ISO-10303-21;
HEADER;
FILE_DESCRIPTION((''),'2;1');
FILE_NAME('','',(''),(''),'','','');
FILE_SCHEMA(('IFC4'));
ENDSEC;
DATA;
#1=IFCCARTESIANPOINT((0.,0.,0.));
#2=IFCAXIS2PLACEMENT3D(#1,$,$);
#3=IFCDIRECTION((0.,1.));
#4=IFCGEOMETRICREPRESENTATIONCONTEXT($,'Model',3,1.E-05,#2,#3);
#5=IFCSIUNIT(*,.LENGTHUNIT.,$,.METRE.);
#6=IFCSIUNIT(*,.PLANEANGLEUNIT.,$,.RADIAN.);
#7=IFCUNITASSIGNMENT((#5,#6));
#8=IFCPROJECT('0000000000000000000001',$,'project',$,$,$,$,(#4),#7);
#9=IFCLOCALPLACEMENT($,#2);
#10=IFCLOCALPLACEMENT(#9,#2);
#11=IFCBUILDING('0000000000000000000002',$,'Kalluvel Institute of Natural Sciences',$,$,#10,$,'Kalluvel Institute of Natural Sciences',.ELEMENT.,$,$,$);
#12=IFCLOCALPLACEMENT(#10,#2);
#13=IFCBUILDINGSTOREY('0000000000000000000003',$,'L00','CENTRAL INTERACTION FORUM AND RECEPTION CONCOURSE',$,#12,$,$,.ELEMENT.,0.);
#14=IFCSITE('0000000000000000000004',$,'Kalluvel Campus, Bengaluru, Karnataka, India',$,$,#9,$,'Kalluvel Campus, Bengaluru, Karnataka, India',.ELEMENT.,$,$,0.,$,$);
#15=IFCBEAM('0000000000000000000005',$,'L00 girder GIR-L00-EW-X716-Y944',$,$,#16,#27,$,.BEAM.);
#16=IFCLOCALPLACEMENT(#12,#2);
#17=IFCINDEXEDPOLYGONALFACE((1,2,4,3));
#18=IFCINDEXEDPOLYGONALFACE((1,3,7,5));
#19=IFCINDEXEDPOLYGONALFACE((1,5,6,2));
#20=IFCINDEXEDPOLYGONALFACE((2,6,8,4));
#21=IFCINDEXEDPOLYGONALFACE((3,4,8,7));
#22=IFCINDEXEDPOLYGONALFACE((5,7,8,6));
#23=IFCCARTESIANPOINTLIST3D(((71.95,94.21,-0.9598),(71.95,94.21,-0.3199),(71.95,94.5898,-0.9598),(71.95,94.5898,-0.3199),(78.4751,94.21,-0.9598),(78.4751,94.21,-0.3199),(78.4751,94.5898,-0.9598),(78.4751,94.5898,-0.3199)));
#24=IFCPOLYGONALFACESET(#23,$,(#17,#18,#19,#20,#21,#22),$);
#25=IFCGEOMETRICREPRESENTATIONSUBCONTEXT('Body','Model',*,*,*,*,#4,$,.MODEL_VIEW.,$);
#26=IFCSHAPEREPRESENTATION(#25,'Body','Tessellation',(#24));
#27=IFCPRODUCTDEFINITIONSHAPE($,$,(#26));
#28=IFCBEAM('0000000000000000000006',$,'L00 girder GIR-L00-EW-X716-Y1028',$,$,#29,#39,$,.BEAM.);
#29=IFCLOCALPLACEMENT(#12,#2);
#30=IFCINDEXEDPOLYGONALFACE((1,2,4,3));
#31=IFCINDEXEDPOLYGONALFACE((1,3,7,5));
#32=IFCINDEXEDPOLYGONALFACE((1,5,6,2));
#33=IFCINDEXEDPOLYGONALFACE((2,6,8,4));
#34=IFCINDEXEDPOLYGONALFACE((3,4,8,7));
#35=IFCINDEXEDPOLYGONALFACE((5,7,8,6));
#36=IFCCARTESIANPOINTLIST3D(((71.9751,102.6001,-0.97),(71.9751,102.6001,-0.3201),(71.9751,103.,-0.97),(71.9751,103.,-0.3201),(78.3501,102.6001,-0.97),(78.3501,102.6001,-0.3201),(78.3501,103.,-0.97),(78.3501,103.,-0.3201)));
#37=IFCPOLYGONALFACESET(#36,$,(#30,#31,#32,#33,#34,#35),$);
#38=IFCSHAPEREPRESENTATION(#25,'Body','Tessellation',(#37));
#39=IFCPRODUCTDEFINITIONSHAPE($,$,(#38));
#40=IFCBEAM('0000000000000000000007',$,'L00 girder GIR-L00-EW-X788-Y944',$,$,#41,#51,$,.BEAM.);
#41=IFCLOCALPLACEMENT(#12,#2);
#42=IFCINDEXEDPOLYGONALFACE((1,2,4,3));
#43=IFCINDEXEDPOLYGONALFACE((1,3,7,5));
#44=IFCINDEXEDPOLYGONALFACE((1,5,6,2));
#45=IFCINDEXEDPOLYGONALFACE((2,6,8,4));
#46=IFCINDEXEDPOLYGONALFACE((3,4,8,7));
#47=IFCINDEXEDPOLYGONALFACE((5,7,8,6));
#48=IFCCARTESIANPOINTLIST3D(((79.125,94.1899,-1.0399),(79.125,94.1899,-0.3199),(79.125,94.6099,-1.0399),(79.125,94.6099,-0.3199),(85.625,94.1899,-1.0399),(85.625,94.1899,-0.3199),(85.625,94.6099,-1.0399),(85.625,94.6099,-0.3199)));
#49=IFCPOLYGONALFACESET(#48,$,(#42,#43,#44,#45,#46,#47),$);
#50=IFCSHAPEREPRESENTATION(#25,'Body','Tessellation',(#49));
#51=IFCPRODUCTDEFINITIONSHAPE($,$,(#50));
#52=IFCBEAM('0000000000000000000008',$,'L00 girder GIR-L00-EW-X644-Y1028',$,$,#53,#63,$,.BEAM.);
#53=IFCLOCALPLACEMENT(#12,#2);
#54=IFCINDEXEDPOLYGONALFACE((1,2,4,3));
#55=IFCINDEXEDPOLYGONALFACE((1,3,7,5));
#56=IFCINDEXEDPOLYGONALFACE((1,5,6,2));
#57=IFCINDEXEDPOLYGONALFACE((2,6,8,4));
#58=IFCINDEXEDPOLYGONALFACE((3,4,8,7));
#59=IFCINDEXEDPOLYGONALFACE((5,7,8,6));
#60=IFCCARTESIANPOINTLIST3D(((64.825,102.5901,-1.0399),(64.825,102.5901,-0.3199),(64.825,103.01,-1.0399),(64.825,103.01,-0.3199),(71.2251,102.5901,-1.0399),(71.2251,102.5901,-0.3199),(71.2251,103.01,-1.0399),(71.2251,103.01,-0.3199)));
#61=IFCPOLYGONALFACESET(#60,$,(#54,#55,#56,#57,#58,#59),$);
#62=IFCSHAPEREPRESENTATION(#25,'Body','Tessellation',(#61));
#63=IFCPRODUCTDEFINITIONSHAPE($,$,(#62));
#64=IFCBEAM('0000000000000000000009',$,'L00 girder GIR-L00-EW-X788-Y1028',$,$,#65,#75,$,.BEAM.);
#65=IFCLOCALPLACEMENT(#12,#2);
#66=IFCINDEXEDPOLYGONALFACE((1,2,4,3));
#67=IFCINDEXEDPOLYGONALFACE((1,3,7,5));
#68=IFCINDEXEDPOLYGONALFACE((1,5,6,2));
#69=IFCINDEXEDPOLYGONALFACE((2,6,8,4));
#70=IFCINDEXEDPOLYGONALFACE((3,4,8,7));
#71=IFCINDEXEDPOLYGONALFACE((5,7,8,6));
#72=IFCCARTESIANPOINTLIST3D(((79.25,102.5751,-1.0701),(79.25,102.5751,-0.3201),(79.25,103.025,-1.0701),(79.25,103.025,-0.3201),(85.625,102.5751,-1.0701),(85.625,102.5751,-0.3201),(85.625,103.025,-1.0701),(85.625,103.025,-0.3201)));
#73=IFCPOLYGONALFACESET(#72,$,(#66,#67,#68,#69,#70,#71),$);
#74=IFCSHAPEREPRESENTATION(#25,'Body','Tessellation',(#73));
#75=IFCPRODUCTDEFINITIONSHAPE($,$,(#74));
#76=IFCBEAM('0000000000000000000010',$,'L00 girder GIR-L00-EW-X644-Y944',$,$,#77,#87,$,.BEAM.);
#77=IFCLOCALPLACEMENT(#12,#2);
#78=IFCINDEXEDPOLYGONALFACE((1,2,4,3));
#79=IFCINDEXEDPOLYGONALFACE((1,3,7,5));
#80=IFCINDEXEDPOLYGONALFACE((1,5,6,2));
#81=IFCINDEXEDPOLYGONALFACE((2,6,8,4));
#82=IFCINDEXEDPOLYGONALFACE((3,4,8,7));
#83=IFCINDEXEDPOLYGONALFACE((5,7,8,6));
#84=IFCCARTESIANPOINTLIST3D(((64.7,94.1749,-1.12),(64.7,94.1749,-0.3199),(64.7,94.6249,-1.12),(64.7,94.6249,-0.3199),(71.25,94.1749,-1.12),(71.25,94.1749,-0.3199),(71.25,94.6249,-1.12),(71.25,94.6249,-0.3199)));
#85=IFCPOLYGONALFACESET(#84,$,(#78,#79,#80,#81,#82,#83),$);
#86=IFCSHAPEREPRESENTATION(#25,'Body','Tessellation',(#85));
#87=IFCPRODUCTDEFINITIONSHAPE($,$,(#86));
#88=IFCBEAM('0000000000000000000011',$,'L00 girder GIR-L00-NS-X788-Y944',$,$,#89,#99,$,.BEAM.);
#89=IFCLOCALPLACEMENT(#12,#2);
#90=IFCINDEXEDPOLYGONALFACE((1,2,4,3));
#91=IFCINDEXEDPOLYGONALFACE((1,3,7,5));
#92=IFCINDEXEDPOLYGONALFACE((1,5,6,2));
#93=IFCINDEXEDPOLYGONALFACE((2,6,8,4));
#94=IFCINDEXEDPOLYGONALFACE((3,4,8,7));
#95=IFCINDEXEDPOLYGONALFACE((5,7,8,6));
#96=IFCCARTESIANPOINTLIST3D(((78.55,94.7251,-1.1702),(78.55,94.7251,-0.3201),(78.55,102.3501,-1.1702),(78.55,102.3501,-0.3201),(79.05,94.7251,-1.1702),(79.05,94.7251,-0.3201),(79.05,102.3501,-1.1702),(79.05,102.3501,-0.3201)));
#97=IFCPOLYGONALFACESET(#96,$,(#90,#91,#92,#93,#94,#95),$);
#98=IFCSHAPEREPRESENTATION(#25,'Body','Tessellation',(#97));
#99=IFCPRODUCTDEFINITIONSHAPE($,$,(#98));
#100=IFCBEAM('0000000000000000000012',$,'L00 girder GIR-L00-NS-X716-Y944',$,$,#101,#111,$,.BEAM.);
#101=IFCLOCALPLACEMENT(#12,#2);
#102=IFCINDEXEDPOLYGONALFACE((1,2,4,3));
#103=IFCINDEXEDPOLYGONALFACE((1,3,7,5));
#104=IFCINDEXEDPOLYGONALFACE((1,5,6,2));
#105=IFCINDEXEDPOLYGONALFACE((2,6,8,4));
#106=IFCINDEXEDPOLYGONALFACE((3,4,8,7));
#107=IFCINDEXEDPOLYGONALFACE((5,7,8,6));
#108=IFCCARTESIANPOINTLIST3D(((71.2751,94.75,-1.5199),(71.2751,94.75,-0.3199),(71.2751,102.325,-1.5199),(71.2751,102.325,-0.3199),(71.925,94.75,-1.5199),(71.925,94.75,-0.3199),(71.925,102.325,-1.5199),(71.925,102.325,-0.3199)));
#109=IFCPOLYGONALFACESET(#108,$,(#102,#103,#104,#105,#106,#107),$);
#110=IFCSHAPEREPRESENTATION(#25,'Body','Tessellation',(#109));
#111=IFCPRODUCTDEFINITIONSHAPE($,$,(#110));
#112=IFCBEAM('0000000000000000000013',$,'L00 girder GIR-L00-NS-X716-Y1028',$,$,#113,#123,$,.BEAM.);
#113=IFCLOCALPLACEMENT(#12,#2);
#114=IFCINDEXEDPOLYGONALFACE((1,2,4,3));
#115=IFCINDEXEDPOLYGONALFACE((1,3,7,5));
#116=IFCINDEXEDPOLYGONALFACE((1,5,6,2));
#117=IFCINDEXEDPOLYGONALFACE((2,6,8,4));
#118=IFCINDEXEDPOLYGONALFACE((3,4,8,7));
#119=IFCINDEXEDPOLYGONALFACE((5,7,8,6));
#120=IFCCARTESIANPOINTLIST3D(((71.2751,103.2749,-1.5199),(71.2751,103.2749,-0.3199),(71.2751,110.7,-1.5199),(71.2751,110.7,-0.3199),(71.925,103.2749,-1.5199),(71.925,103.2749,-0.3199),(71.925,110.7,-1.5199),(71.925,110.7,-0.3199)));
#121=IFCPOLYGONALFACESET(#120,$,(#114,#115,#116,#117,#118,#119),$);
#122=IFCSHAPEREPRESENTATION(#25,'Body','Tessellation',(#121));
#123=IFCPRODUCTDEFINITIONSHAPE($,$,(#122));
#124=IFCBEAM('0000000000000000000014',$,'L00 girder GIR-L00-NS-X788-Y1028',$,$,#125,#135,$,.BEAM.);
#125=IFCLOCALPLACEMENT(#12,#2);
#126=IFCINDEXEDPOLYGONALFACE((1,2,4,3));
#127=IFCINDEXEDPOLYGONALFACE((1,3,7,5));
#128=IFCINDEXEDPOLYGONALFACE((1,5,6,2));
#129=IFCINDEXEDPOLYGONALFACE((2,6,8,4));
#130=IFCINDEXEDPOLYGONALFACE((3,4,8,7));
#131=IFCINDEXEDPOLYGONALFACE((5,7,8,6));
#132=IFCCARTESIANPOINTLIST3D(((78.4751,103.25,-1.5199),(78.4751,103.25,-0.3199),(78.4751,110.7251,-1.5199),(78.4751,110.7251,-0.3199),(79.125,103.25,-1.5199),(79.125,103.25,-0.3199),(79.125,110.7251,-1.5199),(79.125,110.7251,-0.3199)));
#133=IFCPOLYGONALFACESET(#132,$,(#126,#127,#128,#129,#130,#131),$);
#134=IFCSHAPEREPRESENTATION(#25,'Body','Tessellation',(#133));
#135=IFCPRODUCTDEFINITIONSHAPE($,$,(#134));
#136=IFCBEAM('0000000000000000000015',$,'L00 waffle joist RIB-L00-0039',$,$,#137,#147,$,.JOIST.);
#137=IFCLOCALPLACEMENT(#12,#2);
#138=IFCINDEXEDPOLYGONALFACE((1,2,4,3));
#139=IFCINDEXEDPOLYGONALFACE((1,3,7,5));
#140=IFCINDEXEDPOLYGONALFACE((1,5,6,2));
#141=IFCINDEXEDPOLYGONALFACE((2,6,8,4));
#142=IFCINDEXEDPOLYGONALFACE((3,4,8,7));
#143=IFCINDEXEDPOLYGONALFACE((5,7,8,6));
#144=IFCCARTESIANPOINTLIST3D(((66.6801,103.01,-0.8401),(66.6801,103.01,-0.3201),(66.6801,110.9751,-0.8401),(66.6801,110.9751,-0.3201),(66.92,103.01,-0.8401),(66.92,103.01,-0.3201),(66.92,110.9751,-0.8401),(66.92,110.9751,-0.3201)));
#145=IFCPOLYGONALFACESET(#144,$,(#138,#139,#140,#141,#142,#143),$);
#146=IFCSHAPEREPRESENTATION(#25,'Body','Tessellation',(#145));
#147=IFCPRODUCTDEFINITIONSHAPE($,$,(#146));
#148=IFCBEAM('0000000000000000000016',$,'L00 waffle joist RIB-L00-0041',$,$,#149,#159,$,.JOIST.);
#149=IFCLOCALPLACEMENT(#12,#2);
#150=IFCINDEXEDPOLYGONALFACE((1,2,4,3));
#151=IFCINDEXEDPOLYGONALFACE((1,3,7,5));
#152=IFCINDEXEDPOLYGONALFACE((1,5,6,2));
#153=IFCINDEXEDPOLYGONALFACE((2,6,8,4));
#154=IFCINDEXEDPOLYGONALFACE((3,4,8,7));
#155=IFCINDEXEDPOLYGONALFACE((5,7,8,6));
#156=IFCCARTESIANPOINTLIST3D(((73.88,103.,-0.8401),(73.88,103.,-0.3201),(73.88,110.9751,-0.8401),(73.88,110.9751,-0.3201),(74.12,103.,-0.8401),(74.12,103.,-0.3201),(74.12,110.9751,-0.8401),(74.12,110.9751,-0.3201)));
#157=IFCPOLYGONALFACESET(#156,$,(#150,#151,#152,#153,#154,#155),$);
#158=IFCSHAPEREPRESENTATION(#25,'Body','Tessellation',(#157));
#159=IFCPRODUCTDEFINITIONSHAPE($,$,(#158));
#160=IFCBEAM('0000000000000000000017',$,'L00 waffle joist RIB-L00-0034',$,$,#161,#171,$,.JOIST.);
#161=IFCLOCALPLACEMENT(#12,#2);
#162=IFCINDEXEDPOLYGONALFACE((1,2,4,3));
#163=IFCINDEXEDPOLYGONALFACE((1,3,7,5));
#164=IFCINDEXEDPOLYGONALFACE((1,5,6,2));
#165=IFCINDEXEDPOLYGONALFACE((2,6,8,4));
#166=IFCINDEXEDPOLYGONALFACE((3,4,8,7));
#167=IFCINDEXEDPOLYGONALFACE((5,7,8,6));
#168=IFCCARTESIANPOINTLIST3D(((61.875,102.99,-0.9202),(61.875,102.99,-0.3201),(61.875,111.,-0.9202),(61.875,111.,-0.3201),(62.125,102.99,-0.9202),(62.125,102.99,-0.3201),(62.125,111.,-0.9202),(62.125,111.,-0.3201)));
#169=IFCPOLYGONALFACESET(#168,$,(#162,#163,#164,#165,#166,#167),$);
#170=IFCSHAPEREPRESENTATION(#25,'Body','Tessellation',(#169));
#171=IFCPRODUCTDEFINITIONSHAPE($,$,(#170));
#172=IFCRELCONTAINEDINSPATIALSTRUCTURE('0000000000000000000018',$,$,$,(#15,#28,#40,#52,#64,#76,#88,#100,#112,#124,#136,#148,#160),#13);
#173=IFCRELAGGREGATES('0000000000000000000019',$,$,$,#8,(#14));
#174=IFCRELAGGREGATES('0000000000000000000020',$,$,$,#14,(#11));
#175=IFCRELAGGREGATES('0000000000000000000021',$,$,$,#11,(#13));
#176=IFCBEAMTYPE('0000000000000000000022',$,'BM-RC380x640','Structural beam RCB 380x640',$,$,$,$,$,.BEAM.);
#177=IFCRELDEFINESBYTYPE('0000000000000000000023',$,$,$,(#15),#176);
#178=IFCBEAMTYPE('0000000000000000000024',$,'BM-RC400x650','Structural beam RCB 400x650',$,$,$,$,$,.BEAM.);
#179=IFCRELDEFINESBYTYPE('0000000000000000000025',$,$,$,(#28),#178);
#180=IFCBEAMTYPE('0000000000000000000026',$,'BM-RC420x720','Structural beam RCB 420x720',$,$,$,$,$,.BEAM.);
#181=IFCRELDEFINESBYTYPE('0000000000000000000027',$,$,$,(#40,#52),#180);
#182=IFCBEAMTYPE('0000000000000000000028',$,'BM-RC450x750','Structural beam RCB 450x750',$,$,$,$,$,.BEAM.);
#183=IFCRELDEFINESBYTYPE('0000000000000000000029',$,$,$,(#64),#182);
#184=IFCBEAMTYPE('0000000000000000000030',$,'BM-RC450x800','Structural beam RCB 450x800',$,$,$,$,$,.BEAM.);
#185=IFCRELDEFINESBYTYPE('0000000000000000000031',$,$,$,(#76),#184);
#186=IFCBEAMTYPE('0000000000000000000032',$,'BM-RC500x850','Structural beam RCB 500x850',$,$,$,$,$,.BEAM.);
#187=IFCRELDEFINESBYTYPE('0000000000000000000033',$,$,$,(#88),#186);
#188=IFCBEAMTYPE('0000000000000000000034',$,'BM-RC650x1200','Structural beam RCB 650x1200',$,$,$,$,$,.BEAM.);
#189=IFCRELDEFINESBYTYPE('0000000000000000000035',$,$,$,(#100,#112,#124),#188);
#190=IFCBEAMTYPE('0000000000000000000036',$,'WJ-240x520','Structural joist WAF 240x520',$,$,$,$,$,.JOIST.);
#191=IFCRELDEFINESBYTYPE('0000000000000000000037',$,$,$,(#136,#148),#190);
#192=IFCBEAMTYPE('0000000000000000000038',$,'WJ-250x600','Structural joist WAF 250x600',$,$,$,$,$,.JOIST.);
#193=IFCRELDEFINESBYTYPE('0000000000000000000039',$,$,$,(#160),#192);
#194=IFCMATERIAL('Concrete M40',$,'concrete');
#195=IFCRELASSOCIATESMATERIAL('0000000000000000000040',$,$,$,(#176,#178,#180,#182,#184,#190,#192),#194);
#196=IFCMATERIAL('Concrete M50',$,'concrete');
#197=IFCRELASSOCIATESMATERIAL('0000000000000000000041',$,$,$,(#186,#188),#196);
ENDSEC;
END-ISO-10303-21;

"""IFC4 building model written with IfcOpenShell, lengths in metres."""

from ifc_helpers import new_model, si_unit, direction, frame, origin, origin_2d, place, context, subcontext, project, spatial, rectangle, extrude, material, material_profile, profile_set, type_object, element, save


model = new_model("IFC4")

# Units and contexts
model_context = context("Model", 3, precision=1e-05, world=origin(), true_north=direction((0.0, 1.0)))
body_context = subcontext(model_context, "Body", "Model", "MODEL_VIEW")
ifc_project = project(units=[si_unit("LENGTHUNIT", "METRE"), si_unit("PLANEANGLEUNIT", "RADIAN")], contexts=[model_context])

# Site, building, storey
site_placement = place(None, origin())
site = spatial("IfcSite", under=ifc_project, at=site_placement, Name="Kalluvel Campus, Bengaluru, Karnataka, India", LongName="Kalluvel Campus, Bengaluru, Karnataka, India", CompositionType="ELEMENT", RefElevation=0.0)
building_placement = place(site_placement, origin())
building = spatial("IfcBuilding", under=site, at=building_placement, Name="Kalluvel Institute of Natural Sciences", LongName="Kalluvel Institute of Natural Sciences", CompositionType="ELEMENT")
storey_placement = place(building_placement, origin())
storey = spatial("IfcBuildingStorey", under=building, at=storey_placement, Name="L00", Description="CENTRAL INTERACTION FORUM AND RECEPTION CONCOURSE", CompositionType="ELEMENT", Elevation=0.0)

# Shared definitions
ifc_material_1 = material(Name="Concrete M50", Category="concrete")
ifc_material_2 = material(Name="Concrete M40", Category="concrete")

# Beams
ifc_material_profile_1 = material_profile(ifc_material_2, rectangle(XDim=0.3799, YDim=0.6399, at=origin_2d()), Name="RCB 380x640")
ifc_profile_set_1 = profile_set([ifc_material_profile_1], Name="Concrete M40")
beam_type_1 = type_object("IfcBeamType", Name="BM-RC380x640", Description="Structural beam RCB 380x640", PredefinedType="BEAM", material=ifc_profile_set_1)
beam_1_placement = place(storey_placement, frame((71.95, 94.3999, -0.6399), z_axis=(1.0, 0.0, 0.0), x_axis=(0.0, 1.0, 0.0)))
element("IfcBeam", 1, at=beam_1_placement, inside=storey, type_object=beam_type_1, Name="L00 girder GIR-L00-EW-X716-Y944", PredefinedType="BEAM", context=body_context, shape_type="SweptSolid", body=[
    extrude(rectangle(XDim=0.3799, YDim=0.6399, at=origin_2d()), origin(), (0.0, 0.0, 1.0), 6.5251),
])
ifc_material_profile_2 = material_profile(ifc_material_2, rectangle(XDim=0.3999, YDim=0.6499, at=origin_2d()), Name="RCB 400x650")
ifc_profile_set_2 = profile_set([ifc_material_profile_2], Name="Concrete M40")
beam_type_2 = type_object("IfcBeamType", Name="BM-RC400x650", Description="Structural beam RCB 400x650", PredefinedType="BEAM", material=ifc_profile_set_2)
beam_2_placement = place(storey_placement, frame((71.9751, 102.8, -0.645), z_axis=(1.0, 0.0, 0.0), x_axis=(0.0, 1.0, 0.0)))
element("IfcBeam", 2, at=beam_2_placement, inside=storey, type_object=beam_type_2, Name="L00 girder GIR-L00-EW-X716-Y1028", PredefinedType="BEAM", context=body_context, shape_type="SweptSolid", body=[
    extrude(rectangle(XDim=0.3999, YDim=0.6499, at=origin_2d()), origin(), (0.0, 0.0, 1.0), 6.375),
])
ifc_material_profile_3 = material_profile(ifc_material_2, rectangle(XDim=0.4199, YDim=0.72, at=origin_2d()), Name="RCB 420x720")
ifc_profile_set_3 = profile_set([ifc_material_profile_3], Name="Concrete M40")
beam_type_3 = type_object("IfcBeamType", Name="BM-RC420x720", Description="Structural beam RCB 420x720", PredefinedType="BEAM", material=ifc_profile_set_3)
beam_3_placement = place(storey_placement, frame((79.125, 94.3999, -0.6799), z_axis=(1.0, 0.0, 0.0), x_axis=(0.0, 1.0, 0.0)))
element("IfcBeam", 3, at=beam_3_placement, inside=storey, type_object=beam_type_3, Name="L00 girder GIR-L00-EW-X788-Y944", PredefinedType="BEAM", context=body_context, shape_type="SweptSolid", body=[
    extrude(rectangle(XDim=0.4199, YDim=0.72, at=origin_2d()), origin(), (0.0, 0.0, 1.0), 6.5),
])
beam_4_placement = place(storey_placement, frame((64.825, 102.8, -0.6799), z_axis=(1.0, 0.0, 0.0), x_axis=(0.0, 1.0, 0.0)))
element("IfcBeam", 4, at=beam_4_placement, inside=storey, type_object=beam_type_3, Name="L00 girder GIR-L00-EW-X644-Y1028", PredefinedType="BEAM", context=body_context, shape_type="SweptSolid", body=[
    extrude(rectangle(XDim=0.4199, YDim=0.72, at=origin_2d()), origin(), (0.0, 0.0, 1.0), 6.4001),
])
ifc_material_profile_4 = material_profile(ifc_material_2, rectangle(XDim=0.45, YDim=0.75, at=origin_2d()), Name="RCB 450x750")
ifc_profile_set_4 = profile_set([ifc_material_profile_4], Name="Concrete M40")
beam_type_4 = type_object("IfcBeamType", Name="BM-RC450x750", Description="Structural beam RCB 450x750", PredefinedType="BEAM", material=ifc_profile_set_4)
beam_5_placement = place(storey_placement, frame((79.25, 102.8, -0.6951), z_axis=(1.0, 0.0, 0.0), x_axis=(0.0, 1.0, 0.0)))
element("IfcBeam", 5, at=beam_5_placement, inside=storey, type_object=beam_type_4, Name="L00 girder GIR-L00-EW-X788-Y1028", PredefinedType="BEAM", context=body_context, shape_type="SweptSolid", body=[
    extrude(rectangle(XDim=0.45, YDim=0.75, at=origin_2d()), origin(), (0.0, 0.0, 1.0), 6.375),
])
ifc_material_profile_5 = material_profile(ifc_material_2, rectangle(XDim=0.45, YDim=0.8, at=origin_2d()), Name="RCB 450x800")
ifc_profile_set_5 = profile_set([ifc_material_profile_5], Name="Concrete M40")
beam_type_5 = type_object("IfcBeamType", Name="BM-RC450x800", Description="Structural beam RCB 450x800", PredefinedType="BEAM", material=ifc_profile_set_5)
beam_6_placement = place(storey_placement, frame((64.7, 94.3999, -0.72), z_axis=(1.0, 0.0, 0.0), x_axis=(0.0, 1.0, 0.0)))
element("IfcBeam", 6, at=beam_6_placement, inside=storey, type_object=beam_type_5, Name="L00 girder GIR-L00-EW-X644-Y944", PredefinedType="BEAM", context=body_context, shape_type="SweptSolid", body=[
    extrude(rectangle(XDim=0.45, YDim=0.8, at=origin_2d()), origin(), (0.0, 0.0, 1.0), 6.55),
])
ifc_material_profile_6 = material_profile(ifc_material_1, rectangle(XDim=0.5, YDim=0.8501, at=origin_2d()), Name="RCB 500x850")
ifc_profile_set_6 = profile_set([ifc_material_profile_6], Name="Concrete M50")
beam_type_6 = type_object("IfcBeamType", Name="BM-RC500x850", Description="Structural beam RCB 500x850", PredefinedType="BEAM", material=ifc_profile_set_6)
beam_7_placement = place(storey_placement, frame((78.8, 94.7251, -0.7451), z_axis=(0.0, 1.0, 0.0), x_axis=(-1.0, 0.0, 0.0)))
element("IfcBeam", 7, at=beam_7_placement, inside=storey, type_object=beam_type_6, Name="L00 girder GIR-L00-NS-X788-Y944", PredefinedType="BEAM", context=body_context, shape_type="SweptSolid", body=[
    extrude(rectangle(XDim=0.5, YDim=0.8501, at=origin_2d()), origin(), (0.0, 0.0, 1.0), 7.625),
])
ifc_material_profile_7 = material_profile(ifc_material_1, rectangle(XDim=0.6499, YDim=1.2, at=origin_2d()), Name="RCB 650x1200")
ifc_profile_set_7 = profile_set([ifc_material_profile_7], Name="Concrete M50")
beam_type_7 = type_object("IfcBeamType", Name="BM-RC650x1200", Description="Structural beam RCB 650x1200", PredefinedType="BEAM", material=ifc_profile_set_7)
beam_8_placement = place(storey_placement, frame((71.6001, 94.75, -0.9199), z_axis=(0.0, 1.0, 0.0), x_axis=(-1.0, 0.0, 0.0)))
element("IfcBeam", 8, at=beam_8_placement, inside=storey, type_object=beam_type_7, Name="L00 girder GIR-L00-NS-X716-Y944", PredefinedType="BEAM", context=body_context, shape_type="SweptSolid", body=[
    extrude(rectangle(XDim=0.6499, YDim=1.2, at=origin_2d()), origin(), (0.0, 0.0, 1.0), 7.575),
])
beam_9_placement = place(storey_placement, frame((71.6001, 103.2749, -0.9199), z_axis=(0.0, 1.0, 0.0), x_axis=(-1.0, 0.0, 0.0)))
element("IfcBeam", 9, at=beam_9_placement, inside=storey, type_object=beam_type_7, Name="L00 girder GIR-L00-NS-X716-Y1028", PredefinedType="BEAM", context=body_context, shape_type="SweptSolid", body=[
    extrude(rectangle(XDim=0.6499, YDim=1.2, at=origin_2d()), origin(), (0.0, 0.0, 1.0), 7.425),
])
beam_10_placement = place(storey_placement, frame((78.8, 103.25, -0.9199), z_axis=(0.0, 1.0, 0.0), x_axis=(-1.0, 0.0, 0.0)))
element("IfcBeam", 10, at=beam_10_placement, inside=storey, type_object=beam_type_7, Name="L00 girder GIR-L00-NS-X788-Y1028", PredefinedType="BEAM", context=body_context, shape_type="SweptSolid", body=[
    extrude(rectangle(XDim=0.6499, YDim=1.2, at=origin_2d()), origin(), (0.0, 0.0, 1.0), 7.4751),
])
ifc_material_profile_8 = material_profile(ifc_material_2, rectangle(XDim=0.24, YDim=0.52, at=origin_2d()), Name="WAF 240x520")
ifc_profile_set_8 = profile_set([ifc_material_profile_8], Name="Concrete M40")
beam_type_8 = type_object("IfcBeamType", Name="WJ-240x520", Description="Structural joist WAF 240x520", PredefinedType="JOIST", material=ifc_profile_set_8)
beam_11_placement = place(storey_placement, frame((66.8, 103.01, -0.5801), z_axis=(0.0, 1.0, 0.0), x_axis=(-1.0, 0.0, 0.0)))
element("IfcBeam", 11, at=beam_11_placement, inside=storey, type_object=beam_type_8, Name="L00 waffle joist RIB-L00-0039", PredefinedType="JOIST", context=body_context, shape_type="SweptSolid", body=[
    extrude(rectangle(XDim=0.24, YDim=0.52, at=origin_2d()), origin(), (0.0, 0.0, 1.0), 7.9651),
])
beam_12_placement = place(storey_placement, frame((74.0, 103.0, -0.5801), z_axis=(0.0, 1.0, 0.0), x_axis=(-1.0, 0.0, 0.0)))
element("IfcBeam", 12, at=beam_12_placement, inside=storey, type_object=beam_type_8, Name="L00 waffle joist RIB-L00-0041", PredefinedType="JOIST", context=body_context, shape_type="SweptSolid", body=[
    extrude(rectangle(XDim=0.24, YDim=0.52, at=origin_2d()), origin(), (0.0, 0.0, 1.0), 7.9751),
])
ifc_material_profile_9 = material_profile(ifc_material_2, rectangle(XDim=0.25, YDim=0.6001, at=origin_2d()), Name="WAF 250x600")
ifc_profile_set_9 = profile_set([ifc_material_profile_9], Name="Concrete M40")
beam_type_9 = type_object("IfcBeamType", Name="WJ-250x600", Description="Structural joist WAF 250x600", PredefinedType="JOIST", material=ifc_profile_set_9)
beam_13_placement = place(storey_placement, frame((62.0, 102.99, -0.6201), z_axis=(0.0, 1.0, 0.0), x_axis=(-1.0, 0.0, 0.0)))
element("IfcBeam", 13, at=beam_13_placement, inside=storey, type_object=beam_type_9, Name="L00 waffle joist RIB-L00-0034", PredefinedType="JOIST", context=body_context, shape_type="SweptSolid", body=[
    extrude(rectangle(XDim=0.25, YDim=0.6001, at=origin_2d()), origin(), (0.0, 0.0, 1.0), 8.01),
])

save(model, "model.ifc")
